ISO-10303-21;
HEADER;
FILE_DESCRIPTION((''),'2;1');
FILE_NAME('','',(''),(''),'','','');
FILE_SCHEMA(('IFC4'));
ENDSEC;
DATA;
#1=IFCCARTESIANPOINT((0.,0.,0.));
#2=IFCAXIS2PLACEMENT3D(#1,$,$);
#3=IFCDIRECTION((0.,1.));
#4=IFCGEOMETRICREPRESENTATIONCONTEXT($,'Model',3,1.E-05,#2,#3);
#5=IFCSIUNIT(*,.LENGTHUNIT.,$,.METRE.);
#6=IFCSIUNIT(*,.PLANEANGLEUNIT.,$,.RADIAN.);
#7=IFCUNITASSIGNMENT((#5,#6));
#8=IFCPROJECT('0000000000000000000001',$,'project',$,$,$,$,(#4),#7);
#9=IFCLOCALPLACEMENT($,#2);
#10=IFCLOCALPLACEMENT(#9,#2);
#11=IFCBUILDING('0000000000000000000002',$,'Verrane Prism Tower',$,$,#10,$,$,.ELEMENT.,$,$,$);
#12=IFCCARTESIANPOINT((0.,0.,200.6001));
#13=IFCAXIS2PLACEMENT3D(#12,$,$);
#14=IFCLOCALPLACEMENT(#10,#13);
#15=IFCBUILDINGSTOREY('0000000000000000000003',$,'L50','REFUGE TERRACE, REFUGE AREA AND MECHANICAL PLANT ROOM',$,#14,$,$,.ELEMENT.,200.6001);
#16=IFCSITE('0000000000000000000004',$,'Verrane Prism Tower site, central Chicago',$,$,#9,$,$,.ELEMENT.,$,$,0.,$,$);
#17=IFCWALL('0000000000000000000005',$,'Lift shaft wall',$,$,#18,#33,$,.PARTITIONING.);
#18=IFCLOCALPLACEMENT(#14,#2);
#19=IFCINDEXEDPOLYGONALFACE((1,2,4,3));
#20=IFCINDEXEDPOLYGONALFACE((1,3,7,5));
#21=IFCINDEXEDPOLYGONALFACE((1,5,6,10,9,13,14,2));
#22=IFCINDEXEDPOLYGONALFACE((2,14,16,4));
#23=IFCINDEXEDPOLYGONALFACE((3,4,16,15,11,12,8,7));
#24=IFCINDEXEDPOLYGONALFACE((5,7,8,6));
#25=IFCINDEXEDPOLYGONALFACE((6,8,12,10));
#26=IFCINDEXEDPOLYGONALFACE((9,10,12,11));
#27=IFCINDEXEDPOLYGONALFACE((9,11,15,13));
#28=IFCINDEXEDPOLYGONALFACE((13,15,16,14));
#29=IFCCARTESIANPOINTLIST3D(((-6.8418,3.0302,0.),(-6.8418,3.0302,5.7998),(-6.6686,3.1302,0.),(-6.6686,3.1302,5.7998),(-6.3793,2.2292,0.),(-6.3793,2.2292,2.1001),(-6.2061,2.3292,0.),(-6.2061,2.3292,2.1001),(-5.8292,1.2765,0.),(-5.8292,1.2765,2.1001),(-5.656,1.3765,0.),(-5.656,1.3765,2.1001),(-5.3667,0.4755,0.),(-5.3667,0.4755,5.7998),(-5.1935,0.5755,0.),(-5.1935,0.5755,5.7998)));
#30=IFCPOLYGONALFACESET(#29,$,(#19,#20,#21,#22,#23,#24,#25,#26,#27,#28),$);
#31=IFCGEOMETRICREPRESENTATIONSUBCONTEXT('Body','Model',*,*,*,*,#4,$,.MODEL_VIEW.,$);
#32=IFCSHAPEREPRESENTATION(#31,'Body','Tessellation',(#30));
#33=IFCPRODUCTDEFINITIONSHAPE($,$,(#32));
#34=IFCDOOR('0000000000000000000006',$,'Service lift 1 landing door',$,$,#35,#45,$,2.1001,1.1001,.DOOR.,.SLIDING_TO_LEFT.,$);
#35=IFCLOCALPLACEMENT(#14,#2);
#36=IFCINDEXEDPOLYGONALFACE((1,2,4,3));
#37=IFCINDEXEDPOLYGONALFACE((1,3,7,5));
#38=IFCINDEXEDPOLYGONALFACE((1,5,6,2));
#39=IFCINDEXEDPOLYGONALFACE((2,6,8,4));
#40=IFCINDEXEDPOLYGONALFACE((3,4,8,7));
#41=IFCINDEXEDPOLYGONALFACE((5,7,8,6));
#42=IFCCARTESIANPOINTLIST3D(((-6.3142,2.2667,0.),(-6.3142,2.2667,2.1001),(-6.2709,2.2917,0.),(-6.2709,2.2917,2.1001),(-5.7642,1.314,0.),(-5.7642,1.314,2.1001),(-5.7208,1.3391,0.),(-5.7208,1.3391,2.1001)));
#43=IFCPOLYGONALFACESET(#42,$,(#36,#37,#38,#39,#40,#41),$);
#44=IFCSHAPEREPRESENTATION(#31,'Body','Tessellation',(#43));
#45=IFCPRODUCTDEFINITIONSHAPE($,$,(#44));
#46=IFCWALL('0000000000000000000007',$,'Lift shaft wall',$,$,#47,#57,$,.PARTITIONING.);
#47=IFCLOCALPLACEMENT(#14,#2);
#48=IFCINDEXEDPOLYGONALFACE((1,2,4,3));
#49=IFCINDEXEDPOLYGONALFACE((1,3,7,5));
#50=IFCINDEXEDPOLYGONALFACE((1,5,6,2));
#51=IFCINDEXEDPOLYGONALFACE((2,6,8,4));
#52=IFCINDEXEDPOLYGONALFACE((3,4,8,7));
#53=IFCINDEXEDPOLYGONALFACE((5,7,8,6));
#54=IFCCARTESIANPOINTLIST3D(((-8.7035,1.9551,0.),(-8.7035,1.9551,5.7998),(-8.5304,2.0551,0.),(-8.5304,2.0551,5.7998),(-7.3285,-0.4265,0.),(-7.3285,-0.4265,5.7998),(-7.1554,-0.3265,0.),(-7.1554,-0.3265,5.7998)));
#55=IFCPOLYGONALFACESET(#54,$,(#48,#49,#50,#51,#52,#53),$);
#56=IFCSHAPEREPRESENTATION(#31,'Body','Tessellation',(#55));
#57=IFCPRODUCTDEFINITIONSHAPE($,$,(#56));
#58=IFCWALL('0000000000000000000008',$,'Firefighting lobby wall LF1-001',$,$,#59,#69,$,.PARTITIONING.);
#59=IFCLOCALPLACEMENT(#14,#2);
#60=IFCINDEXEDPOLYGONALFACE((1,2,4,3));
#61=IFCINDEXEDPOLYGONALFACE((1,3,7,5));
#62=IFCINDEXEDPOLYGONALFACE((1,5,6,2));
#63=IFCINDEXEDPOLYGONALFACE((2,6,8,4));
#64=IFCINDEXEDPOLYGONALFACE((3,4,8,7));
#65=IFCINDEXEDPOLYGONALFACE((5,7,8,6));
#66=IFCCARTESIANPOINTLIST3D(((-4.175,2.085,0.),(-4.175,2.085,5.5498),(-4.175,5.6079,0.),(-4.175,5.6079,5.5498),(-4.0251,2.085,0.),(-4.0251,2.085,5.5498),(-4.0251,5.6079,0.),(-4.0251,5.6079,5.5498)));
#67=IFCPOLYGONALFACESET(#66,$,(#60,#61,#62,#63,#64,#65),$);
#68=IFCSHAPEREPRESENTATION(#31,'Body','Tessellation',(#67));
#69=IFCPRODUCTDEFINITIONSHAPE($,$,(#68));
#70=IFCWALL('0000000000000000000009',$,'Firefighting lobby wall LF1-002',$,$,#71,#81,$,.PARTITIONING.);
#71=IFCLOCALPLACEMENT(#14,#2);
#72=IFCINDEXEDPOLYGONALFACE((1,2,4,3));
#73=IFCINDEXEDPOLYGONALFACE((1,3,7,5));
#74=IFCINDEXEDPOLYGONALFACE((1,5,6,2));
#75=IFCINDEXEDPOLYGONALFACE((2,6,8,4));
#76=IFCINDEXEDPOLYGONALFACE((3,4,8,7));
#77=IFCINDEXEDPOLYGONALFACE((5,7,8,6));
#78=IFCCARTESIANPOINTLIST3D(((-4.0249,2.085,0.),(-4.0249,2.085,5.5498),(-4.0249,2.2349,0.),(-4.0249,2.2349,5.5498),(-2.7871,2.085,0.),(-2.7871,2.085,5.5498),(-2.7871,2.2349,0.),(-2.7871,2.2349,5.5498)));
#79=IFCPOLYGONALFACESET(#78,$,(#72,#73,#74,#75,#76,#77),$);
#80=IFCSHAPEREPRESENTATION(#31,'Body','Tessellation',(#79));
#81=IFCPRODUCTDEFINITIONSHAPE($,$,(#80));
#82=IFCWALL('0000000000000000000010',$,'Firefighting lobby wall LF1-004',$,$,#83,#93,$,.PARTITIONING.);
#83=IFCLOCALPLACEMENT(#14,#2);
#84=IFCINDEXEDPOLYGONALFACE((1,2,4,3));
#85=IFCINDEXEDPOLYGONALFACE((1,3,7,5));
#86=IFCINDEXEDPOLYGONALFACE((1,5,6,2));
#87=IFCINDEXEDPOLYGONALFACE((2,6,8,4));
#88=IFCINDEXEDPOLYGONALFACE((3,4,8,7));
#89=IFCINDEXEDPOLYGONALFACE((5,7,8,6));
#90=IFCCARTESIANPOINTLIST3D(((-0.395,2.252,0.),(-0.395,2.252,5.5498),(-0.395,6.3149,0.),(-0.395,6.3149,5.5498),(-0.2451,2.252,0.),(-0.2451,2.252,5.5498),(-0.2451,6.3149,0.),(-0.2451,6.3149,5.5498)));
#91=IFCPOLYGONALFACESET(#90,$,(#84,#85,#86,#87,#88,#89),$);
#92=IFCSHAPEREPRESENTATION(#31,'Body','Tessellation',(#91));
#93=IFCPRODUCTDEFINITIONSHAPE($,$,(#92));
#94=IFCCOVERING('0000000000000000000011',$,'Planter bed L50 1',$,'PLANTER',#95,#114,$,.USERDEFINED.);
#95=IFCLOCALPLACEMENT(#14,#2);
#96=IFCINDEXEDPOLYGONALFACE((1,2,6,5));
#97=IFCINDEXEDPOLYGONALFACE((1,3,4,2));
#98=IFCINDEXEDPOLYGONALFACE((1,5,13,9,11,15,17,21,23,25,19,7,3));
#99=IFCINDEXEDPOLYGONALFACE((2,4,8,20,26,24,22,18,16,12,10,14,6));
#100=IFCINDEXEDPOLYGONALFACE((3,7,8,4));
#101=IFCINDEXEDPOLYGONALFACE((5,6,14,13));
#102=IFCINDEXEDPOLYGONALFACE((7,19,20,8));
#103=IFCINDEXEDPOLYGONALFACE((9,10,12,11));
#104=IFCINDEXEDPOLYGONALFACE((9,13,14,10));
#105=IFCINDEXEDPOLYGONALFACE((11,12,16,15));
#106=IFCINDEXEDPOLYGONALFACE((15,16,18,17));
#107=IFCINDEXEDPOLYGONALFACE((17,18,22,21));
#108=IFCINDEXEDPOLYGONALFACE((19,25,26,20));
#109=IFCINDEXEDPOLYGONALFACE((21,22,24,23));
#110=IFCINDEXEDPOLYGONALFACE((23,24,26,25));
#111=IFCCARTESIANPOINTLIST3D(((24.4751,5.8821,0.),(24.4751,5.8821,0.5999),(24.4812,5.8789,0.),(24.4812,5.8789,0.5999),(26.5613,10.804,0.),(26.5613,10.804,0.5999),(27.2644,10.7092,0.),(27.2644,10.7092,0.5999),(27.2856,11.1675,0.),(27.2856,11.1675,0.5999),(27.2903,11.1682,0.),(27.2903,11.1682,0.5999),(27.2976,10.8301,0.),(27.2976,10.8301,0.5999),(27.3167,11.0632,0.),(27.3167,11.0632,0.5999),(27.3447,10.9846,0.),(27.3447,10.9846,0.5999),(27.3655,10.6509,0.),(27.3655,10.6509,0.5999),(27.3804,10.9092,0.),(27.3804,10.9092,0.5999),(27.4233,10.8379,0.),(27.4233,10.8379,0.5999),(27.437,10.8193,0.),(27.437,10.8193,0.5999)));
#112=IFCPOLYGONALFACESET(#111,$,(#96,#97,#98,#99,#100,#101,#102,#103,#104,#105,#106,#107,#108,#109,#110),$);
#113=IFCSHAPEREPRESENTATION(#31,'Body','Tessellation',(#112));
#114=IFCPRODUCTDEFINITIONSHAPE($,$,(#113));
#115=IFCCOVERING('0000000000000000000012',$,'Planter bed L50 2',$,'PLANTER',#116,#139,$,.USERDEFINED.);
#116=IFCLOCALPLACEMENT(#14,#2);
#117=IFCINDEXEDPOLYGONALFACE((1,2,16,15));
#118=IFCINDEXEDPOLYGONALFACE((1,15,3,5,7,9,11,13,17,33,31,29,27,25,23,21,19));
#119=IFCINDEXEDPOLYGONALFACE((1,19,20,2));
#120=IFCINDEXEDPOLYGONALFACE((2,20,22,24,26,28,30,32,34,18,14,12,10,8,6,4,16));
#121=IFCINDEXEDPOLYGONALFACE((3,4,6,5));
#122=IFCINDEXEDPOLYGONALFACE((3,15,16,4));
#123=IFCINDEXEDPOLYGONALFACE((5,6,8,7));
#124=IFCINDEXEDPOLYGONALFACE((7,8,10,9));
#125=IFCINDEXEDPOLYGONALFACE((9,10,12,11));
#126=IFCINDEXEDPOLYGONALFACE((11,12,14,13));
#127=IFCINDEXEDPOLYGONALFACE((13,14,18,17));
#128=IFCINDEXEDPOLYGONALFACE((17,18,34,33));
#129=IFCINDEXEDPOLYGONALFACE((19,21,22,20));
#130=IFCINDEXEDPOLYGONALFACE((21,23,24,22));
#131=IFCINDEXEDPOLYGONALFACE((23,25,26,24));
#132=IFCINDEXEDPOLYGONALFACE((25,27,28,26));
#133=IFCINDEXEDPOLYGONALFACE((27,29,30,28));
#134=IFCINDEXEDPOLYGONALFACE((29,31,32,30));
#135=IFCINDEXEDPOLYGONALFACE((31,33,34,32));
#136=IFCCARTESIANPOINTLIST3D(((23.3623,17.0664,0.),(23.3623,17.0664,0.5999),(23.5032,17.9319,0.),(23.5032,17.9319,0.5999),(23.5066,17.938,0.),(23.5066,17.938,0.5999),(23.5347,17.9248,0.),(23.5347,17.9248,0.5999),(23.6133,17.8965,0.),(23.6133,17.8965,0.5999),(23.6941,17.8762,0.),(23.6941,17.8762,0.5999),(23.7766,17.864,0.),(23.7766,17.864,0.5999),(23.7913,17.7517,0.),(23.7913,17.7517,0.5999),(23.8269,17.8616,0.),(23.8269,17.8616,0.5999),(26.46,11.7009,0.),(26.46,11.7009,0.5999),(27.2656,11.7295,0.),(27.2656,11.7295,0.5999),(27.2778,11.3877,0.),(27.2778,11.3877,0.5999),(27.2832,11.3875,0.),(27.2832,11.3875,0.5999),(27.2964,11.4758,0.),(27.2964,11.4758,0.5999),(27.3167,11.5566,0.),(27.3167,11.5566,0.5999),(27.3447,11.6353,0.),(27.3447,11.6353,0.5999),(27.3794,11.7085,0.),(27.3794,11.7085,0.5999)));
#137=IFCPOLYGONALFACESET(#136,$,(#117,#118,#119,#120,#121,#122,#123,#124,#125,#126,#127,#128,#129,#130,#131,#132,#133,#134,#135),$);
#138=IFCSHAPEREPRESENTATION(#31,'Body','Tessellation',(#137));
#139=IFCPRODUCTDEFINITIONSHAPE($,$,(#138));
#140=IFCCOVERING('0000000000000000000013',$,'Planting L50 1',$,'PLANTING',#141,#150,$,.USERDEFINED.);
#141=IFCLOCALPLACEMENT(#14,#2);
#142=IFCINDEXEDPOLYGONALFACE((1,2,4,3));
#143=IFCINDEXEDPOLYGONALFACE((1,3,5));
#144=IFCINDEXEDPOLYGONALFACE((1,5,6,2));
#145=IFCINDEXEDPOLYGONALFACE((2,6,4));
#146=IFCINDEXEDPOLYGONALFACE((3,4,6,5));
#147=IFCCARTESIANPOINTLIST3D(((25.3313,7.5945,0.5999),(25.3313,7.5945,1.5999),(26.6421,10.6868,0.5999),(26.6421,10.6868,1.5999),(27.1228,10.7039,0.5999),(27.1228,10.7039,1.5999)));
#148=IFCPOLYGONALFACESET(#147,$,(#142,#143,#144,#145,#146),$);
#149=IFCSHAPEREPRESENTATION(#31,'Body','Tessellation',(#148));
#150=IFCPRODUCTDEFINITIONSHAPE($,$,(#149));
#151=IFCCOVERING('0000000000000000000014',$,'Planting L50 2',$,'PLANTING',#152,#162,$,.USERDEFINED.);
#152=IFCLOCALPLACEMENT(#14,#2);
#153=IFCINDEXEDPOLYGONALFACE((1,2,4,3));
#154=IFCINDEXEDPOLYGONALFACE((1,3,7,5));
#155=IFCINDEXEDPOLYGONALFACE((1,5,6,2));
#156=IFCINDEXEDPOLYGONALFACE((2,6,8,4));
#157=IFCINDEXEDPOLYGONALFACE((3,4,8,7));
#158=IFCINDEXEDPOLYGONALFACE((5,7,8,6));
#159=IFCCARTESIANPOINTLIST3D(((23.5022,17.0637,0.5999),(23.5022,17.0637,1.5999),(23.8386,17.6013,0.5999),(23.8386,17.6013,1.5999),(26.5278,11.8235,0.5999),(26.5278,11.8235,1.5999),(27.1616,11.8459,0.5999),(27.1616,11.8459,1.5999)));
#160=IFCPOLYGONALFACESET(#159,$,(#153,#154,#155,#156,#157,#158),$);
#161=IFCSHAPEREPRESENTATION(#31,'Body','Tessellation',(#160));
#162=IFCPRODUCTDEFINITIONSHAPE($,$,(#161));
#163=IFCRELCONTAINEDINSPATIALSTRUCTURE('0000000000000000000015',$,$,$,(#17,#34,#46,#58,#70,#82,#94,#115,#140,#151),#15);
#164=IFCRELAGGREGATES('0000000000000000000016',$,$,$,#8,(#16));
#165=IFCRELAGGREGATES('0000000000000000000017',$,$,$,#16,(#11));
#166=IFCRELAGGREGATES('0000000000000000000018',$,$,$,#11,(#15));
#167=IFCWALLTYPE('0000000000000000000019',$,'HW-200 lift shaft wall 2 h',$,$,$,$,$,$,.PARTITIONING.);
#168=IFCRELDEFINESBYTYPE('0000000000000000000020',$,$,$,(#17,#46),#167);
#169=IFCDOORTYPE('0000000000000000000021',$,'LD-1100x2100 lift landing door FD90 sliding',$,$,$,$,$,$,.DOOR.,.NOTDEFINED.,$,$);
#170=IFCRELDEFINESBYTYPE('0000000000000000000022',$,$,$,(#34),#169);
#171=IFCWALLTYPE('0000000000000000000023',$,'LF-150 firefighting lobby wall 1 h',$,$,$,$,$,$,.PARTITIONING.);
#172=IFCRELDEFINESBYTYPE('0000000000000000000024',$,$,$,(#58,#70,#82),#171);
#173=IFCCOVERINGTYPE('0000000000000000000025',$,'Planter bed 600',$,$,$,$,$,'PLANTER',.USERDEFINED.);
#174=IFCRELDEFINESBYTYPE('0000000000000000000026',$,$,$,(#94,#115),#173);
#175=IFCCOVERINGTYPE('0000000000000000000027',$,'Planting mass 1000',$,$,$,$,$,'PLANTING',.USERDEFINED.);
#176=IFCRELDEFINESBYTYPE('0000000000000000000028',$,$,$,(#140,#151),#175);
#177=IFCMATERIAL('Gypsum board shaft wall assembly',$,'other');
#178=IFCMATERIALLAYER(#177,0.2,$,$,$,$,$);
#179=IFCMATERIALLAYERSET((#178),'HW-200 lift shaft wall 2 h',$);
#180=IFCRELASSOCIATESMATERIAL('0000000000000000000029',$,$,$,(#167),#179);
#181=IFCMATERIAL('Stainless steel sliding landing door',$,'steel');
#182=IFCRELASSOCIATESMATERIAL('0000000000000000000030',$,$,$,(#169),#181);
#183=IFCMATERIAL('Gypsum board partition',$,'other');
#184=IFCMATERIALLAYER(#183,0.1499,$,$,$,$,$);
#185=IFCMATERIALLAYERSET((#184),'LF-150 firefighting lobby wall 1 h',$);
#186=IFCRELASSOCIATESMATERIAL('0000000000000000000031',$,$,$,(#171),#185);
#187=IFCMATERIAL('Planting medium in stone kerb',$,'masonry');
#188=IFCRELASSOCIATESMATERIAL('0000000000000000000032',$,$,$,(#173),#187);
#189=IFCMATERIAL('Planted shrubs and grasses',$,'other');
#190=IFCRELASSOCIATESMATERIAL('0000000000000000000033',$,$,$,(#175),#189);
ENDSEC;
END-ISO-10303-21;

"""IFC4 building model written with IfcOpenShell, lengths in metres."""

from ifc_helpers import new_model, si_unit, direction, frame, frame_2d, origin, place, context, subcontext, project, spatial, polyline, rectangle, outline, extrude, material, layer, layer_set, type_object, element, fill, save


model = new_model("IFC4")

# Units and contexts
model_context = context("Model", 3, precision=1e-05, world=origin(), true_north=direction((0.0, 1.0)))
body_context = subcontext(model_context, "Body", "Model", "MODEL_VIEW")
ifc_project = project(units=[si_unit("LENGTHUNIT", "METRE"), si_unit("PLANEANGLEUNIT", "RADIAN")], contexts=[model_context])

# Site, building, storey
site_placement = place(None, origin())
site = spatial("IfcSite", under=ifc_project, at=site_placement, Name="Verrane Prism Tower site, central Chicago", CompositionType="ELEMENT", RefElevation=0.0)
building_placement = place(site_placement, origin())
building = spatial("IfcBuilding", under=site, at=building_placement, Name="Verrane Prism Tower", CompositionType="ELEMENT")
storey_placement = place(building_placement, frame((0.0, 0.0, 200.6001)))
storey = spatial("IfcBuildingStorey", under=building, at=storey_placement, Name="L50", Description="REFUGE TERRACE, REFUGE AREA AND MECHANICAL PLANT ROOM", CompositionType="ELEMENT", Elevation=200.6001)

# Shared definitions
ifc_material_1 = material(Name="Gypsum board shaft wall assembly", Category="other")
ifc_layer_1 = layer(ifc_material_1, 0.2)
ifc_layer_set_1 = layer_set([ifc_layer_1], Name="HW-200 lift shaft wall 2 h")
wall_type_1 = type_object("IfcWallType", Name="HW-200 lift shaft wall 2 h", PredefinedType="PARTITIONING", material=ifc_layer_set_1)

# Shared definitions
ifc_material_2 = material(Name="Stainless steel sliding landing door", Category="steel")
door_type = type_object("IfcDoorType", Name="LD-1100x2100 lift landing door FD90 sliding", OperationType="NOTDEFINED", PredefinedType="DOOR", material=ifc_material_2)

# Wall, opening, door
wall_1_placement = place(storey_placement, frame((-5.28, 0.5254, 0.0), z_axis=(0.0, 0.0, 1.0), x_axis=(-0.500038, 0.866004, 0.0)))
wall_1 = element("IfcWall", 1, at=wall_1_placement, inside=storey, type_object=wall_type_1, Name="Lift shaft wall", PredefinedType="PARTITIONING", context=body_context, shape_type="SweptSolid", body=[
    extrude(rectangle(XDim=2.95, YDim=0.2, at=frame_2d((1.4751, 0.0))), origin(), (0.0, 0.0, 1.0), 5.7998),
])
opening_1_placement = place(wall_1_placement, frame((0.925, 0.0, 0.0)))
opening_1 = element("IfcOpeningElement", 2, at=opening_1_placement, cuts=wall_1, PredefinedType="OPENING", context=body_context, shape_type="SweptSolid", body=[
    extrude(rectangle(XDim=1.1001, YDim=2.1001, at=frame_2d((0.55, 1.05))), frame((0.0, 0.1099, 0.0), z_axis=(0.0, -1.0, 0.0), x_axis=(1.0, 0.0, 0.0)), (0.0, 0.0, 1.0), 0.22),
])
door_1_placement = place(opening_1_placement, origin())
door_1 = element("IfcDoor", 3, at=door_1_placement, inside=storey, type_object=door_type, Name="Service lift 1 landing door", OperationType="SLIDING_TO_LEFT", OverallHeight=2.1001, OverallWidth=1.1001, PredefinedType="DOOR", context=body_context, shape_type="SweptSolid", body=[
    extrude(rectangle(XDim=1.1001, YDim=2.1001, at=frame_2d((0.55, 1.05))), frame((0.0, 0.0249, 0.0), z_axis=(0.0, -1.0, 0.0), x_axis=(1.0, 0.0, 0.0)), (0.0, 0.0, 1.0), 0.05),
])
fill(opening_1, door_1)

# Walls
wall_2_placement = place(storey_placement, frame((-7.2419, -0.3765, 0.0), z_axis=(0.0, 0.0, 1.0), x_axis=(-0.499997, 0.866027, 0.0)))
element("IfcWall", 4, at=wall_2_placement, inside=storey, type_object=wall_type_1, Name="Lift shaft wall", PredefinedType="PARTITIONING", context=body_context, shape_type="SweptSolid", body=[
    extrude(rectangle(XDim=2.75, YDim=0.2, at=frame_2d((1.375, 0.0))), origin(), (0.0, 0.0, 1.0), 5.7998),
])
ifc_material_3 = material(Name="Gypsum board partition", Category="other")
ifc_layer_2 = layer(ifc_material_3, 0.1499)
ifc_layer_set_2 = layer_set([ifc_layer_2], Name="LF-150 firefighting lobby wall 1 h")
wall_type_2 = type_object("IfcWallType", Name="LF-150 firefighting lobby wall 1 h", PredefinedType="PARTITIONING", material=ifc_layer_set_2)
wall_3_placement = place(storey_placement, frame((-4.1001, 2.085, 0.0), z_axis=(0.0, 0.0, 1.0), x_axis=(0.0, 1.0, 0.0)))
element("IfcWall", 5, at=wall_3_placement, inside=storey, type_object=wall_type_2, Name="Firefighting lobby wall LF1-001", PredefinedType="PARTITIONING", context=body_context, shape_type="SweptSolid", body=[
    extrude(rectangle(XDim=3.5229, YDim=0.1499, at=frame_2d((1.7615, 0.0))), origin(), (0.0, 0.0, 1.0), 5.5498),
])
wall_4_placement = place(storey_placement, frame((-4.0249, 2.1599, 0.0), z_axis=(0.0, 0.0, 1.0), x_axis=(1.0, 0.0, 0.0)))
element("IfcWall", 6, at=wall_4_placement, inside=storey, type_object=wall_type_2, Name="Firefighting lobby wall LF1-002", PredefinedType="PARTITIONING", context=body_context, shape_type="SweptSolid", body=[
    extrude(rectangle(XDim=1.2378, YDim=0.1499, at=frame_2d((0.6189, 0.0))), origin(), (0.0, 0.0, 1.0), 5.5498),
])
wall_5_placement = place(storey_placement, frame((-0.3201, 2.252, 0.0), z_axis=(0.0, 0.0, 1.0), x_axis=(0.0, 1.0, 0.0)))
element("IfcWall", 7, at=wall_5_placement, inside=storey, type_object=wall_type_2, Name="Firefighting lobby wall LF1-004", PredefinedType="PARTITIONING", context=body_context, shape_type="SweptSolid", body=[
    extrude(rectangle(XDim=4.063, YDim=0.1499, at=frame_2d((2.0315, 0.0))), origin(), (0.0, 0.0, 1.0), 5.5498),
])

# Coverings
ifc_material_4 = material(Name="Planting medium in stone kerb", Category="masonry")
covering_type_1 = type_object("IfcCoveringType", Name="Planter bed 600", ElementType="PLANTER", PredefinedType="USERDEFINED", material=ifc_material_4)
covering_1_placement = place(storey_placement, origin())
element("IfcCovering", 8, at=covering_1_placement, inside=storey, type_object=covering_type_1, Name="Planter bed L50 1", ObjectType="PLANTER", PredefinedType="USERDEFINED", context=body_context, shape_type="SweptSolid", body=[
    extrude(outline(polyline([(27.2976, 10.8301), (26.5613, 10.804), (24.4751, 5.8821), (24.4812, 5.8789), (27.2644, 10.7092), (27.3655, 10.6509), (27.437, 10.8193), (27.4233, 10.8379), (27.3804, 10.9092), (27.3447, 10.9846), (27.3167, 11.0632), (27.2903, 11.1682), (27.2856, 11.1675), (27.2976, 10.8301)])), origin(), (0.0, 0.0, 1.0), 0.5999),
])
covering_2_placement = place(storey_placement, origin())
element("IfcCovering", 9, at=covering_2_placement, inside=storey, type_object=covering_type_1, Name="Planter bed L50 2", ObjectType="PLANTER", PredefinedType="USERDEFINED", context=body_context, shape_type="SweptSolid", body=[
    extrude(outline(polyline([(23.7913, 17.7517), (23.3623, 17.0664), (26.46, 11.7009), (27.2656, 11.7295), (27.2778, 11.3877), (27.2832, 11.3875), (27.2964, 11.4758), (27.3167, 11.5566), (27.3447, 11.6353), (27.3794, 11.7085), (23.8269, 17.8616), (23.7766, 17.864), (23.6941, 17.8762), (23.6133, 17.8965), (23.5347, 17.9248), (23.5066, 17.938), (23.5032, 17.9319), (23.7913, 17.7517)])), origin(), (0.0, 0.0, 1.0), 0.5999),
])
ifc_material_5 = material(Name="Planted shrubs and grasses", Category="other")
covering_type_2 = type_object("IfcCoveringType", Name="Planting mass 1000", ElementType="PLANTING", PredefinedType="USERDEFINED", material=ifc_material_5)
covering_3_placement = place(storey_placement, frame((0.0, 0.0, 0.5999)))
element("IfcCovering", 10, at=covering_3_placement, inside=storey, type_object=covering_type_2, Name="Planting L50 1", ObjectType="PLANTING", PredefinedType="USERDEFINED", context=body_context, shape_type="SweptSolid", body=[
    extrude(outline(polyline([(27.1228, 10.7039), (26.6421, 10.6868), (25.3313, 7.5945), (27.1228, 10.7039)])), origin(), (0.0, 0.0, 1.0), 1.0),
])
covering_4_placement = place(storey_placement, frame((0.0, 0.0, 0.5999)))
element("IfcCovering", 11, at=covering_4_placement, inside=storey, type_object=covering_type_2, Name="Planting L50 2", ObjectType="PLANTING", PredefinedType="USERDEFINED", context=body_context, shape_type="SweptSolid", body=[
    extrude(outline(polyline([(23.5022, 17.0637), (26.5278, 11.8235), (27.1616, 11.8459), (23.8386, 17.6013), (23.5022, 17.0637)])), origin(), (0.0, 0.0, 1.0), 1.0),
])

save(model, "model.ifc")
